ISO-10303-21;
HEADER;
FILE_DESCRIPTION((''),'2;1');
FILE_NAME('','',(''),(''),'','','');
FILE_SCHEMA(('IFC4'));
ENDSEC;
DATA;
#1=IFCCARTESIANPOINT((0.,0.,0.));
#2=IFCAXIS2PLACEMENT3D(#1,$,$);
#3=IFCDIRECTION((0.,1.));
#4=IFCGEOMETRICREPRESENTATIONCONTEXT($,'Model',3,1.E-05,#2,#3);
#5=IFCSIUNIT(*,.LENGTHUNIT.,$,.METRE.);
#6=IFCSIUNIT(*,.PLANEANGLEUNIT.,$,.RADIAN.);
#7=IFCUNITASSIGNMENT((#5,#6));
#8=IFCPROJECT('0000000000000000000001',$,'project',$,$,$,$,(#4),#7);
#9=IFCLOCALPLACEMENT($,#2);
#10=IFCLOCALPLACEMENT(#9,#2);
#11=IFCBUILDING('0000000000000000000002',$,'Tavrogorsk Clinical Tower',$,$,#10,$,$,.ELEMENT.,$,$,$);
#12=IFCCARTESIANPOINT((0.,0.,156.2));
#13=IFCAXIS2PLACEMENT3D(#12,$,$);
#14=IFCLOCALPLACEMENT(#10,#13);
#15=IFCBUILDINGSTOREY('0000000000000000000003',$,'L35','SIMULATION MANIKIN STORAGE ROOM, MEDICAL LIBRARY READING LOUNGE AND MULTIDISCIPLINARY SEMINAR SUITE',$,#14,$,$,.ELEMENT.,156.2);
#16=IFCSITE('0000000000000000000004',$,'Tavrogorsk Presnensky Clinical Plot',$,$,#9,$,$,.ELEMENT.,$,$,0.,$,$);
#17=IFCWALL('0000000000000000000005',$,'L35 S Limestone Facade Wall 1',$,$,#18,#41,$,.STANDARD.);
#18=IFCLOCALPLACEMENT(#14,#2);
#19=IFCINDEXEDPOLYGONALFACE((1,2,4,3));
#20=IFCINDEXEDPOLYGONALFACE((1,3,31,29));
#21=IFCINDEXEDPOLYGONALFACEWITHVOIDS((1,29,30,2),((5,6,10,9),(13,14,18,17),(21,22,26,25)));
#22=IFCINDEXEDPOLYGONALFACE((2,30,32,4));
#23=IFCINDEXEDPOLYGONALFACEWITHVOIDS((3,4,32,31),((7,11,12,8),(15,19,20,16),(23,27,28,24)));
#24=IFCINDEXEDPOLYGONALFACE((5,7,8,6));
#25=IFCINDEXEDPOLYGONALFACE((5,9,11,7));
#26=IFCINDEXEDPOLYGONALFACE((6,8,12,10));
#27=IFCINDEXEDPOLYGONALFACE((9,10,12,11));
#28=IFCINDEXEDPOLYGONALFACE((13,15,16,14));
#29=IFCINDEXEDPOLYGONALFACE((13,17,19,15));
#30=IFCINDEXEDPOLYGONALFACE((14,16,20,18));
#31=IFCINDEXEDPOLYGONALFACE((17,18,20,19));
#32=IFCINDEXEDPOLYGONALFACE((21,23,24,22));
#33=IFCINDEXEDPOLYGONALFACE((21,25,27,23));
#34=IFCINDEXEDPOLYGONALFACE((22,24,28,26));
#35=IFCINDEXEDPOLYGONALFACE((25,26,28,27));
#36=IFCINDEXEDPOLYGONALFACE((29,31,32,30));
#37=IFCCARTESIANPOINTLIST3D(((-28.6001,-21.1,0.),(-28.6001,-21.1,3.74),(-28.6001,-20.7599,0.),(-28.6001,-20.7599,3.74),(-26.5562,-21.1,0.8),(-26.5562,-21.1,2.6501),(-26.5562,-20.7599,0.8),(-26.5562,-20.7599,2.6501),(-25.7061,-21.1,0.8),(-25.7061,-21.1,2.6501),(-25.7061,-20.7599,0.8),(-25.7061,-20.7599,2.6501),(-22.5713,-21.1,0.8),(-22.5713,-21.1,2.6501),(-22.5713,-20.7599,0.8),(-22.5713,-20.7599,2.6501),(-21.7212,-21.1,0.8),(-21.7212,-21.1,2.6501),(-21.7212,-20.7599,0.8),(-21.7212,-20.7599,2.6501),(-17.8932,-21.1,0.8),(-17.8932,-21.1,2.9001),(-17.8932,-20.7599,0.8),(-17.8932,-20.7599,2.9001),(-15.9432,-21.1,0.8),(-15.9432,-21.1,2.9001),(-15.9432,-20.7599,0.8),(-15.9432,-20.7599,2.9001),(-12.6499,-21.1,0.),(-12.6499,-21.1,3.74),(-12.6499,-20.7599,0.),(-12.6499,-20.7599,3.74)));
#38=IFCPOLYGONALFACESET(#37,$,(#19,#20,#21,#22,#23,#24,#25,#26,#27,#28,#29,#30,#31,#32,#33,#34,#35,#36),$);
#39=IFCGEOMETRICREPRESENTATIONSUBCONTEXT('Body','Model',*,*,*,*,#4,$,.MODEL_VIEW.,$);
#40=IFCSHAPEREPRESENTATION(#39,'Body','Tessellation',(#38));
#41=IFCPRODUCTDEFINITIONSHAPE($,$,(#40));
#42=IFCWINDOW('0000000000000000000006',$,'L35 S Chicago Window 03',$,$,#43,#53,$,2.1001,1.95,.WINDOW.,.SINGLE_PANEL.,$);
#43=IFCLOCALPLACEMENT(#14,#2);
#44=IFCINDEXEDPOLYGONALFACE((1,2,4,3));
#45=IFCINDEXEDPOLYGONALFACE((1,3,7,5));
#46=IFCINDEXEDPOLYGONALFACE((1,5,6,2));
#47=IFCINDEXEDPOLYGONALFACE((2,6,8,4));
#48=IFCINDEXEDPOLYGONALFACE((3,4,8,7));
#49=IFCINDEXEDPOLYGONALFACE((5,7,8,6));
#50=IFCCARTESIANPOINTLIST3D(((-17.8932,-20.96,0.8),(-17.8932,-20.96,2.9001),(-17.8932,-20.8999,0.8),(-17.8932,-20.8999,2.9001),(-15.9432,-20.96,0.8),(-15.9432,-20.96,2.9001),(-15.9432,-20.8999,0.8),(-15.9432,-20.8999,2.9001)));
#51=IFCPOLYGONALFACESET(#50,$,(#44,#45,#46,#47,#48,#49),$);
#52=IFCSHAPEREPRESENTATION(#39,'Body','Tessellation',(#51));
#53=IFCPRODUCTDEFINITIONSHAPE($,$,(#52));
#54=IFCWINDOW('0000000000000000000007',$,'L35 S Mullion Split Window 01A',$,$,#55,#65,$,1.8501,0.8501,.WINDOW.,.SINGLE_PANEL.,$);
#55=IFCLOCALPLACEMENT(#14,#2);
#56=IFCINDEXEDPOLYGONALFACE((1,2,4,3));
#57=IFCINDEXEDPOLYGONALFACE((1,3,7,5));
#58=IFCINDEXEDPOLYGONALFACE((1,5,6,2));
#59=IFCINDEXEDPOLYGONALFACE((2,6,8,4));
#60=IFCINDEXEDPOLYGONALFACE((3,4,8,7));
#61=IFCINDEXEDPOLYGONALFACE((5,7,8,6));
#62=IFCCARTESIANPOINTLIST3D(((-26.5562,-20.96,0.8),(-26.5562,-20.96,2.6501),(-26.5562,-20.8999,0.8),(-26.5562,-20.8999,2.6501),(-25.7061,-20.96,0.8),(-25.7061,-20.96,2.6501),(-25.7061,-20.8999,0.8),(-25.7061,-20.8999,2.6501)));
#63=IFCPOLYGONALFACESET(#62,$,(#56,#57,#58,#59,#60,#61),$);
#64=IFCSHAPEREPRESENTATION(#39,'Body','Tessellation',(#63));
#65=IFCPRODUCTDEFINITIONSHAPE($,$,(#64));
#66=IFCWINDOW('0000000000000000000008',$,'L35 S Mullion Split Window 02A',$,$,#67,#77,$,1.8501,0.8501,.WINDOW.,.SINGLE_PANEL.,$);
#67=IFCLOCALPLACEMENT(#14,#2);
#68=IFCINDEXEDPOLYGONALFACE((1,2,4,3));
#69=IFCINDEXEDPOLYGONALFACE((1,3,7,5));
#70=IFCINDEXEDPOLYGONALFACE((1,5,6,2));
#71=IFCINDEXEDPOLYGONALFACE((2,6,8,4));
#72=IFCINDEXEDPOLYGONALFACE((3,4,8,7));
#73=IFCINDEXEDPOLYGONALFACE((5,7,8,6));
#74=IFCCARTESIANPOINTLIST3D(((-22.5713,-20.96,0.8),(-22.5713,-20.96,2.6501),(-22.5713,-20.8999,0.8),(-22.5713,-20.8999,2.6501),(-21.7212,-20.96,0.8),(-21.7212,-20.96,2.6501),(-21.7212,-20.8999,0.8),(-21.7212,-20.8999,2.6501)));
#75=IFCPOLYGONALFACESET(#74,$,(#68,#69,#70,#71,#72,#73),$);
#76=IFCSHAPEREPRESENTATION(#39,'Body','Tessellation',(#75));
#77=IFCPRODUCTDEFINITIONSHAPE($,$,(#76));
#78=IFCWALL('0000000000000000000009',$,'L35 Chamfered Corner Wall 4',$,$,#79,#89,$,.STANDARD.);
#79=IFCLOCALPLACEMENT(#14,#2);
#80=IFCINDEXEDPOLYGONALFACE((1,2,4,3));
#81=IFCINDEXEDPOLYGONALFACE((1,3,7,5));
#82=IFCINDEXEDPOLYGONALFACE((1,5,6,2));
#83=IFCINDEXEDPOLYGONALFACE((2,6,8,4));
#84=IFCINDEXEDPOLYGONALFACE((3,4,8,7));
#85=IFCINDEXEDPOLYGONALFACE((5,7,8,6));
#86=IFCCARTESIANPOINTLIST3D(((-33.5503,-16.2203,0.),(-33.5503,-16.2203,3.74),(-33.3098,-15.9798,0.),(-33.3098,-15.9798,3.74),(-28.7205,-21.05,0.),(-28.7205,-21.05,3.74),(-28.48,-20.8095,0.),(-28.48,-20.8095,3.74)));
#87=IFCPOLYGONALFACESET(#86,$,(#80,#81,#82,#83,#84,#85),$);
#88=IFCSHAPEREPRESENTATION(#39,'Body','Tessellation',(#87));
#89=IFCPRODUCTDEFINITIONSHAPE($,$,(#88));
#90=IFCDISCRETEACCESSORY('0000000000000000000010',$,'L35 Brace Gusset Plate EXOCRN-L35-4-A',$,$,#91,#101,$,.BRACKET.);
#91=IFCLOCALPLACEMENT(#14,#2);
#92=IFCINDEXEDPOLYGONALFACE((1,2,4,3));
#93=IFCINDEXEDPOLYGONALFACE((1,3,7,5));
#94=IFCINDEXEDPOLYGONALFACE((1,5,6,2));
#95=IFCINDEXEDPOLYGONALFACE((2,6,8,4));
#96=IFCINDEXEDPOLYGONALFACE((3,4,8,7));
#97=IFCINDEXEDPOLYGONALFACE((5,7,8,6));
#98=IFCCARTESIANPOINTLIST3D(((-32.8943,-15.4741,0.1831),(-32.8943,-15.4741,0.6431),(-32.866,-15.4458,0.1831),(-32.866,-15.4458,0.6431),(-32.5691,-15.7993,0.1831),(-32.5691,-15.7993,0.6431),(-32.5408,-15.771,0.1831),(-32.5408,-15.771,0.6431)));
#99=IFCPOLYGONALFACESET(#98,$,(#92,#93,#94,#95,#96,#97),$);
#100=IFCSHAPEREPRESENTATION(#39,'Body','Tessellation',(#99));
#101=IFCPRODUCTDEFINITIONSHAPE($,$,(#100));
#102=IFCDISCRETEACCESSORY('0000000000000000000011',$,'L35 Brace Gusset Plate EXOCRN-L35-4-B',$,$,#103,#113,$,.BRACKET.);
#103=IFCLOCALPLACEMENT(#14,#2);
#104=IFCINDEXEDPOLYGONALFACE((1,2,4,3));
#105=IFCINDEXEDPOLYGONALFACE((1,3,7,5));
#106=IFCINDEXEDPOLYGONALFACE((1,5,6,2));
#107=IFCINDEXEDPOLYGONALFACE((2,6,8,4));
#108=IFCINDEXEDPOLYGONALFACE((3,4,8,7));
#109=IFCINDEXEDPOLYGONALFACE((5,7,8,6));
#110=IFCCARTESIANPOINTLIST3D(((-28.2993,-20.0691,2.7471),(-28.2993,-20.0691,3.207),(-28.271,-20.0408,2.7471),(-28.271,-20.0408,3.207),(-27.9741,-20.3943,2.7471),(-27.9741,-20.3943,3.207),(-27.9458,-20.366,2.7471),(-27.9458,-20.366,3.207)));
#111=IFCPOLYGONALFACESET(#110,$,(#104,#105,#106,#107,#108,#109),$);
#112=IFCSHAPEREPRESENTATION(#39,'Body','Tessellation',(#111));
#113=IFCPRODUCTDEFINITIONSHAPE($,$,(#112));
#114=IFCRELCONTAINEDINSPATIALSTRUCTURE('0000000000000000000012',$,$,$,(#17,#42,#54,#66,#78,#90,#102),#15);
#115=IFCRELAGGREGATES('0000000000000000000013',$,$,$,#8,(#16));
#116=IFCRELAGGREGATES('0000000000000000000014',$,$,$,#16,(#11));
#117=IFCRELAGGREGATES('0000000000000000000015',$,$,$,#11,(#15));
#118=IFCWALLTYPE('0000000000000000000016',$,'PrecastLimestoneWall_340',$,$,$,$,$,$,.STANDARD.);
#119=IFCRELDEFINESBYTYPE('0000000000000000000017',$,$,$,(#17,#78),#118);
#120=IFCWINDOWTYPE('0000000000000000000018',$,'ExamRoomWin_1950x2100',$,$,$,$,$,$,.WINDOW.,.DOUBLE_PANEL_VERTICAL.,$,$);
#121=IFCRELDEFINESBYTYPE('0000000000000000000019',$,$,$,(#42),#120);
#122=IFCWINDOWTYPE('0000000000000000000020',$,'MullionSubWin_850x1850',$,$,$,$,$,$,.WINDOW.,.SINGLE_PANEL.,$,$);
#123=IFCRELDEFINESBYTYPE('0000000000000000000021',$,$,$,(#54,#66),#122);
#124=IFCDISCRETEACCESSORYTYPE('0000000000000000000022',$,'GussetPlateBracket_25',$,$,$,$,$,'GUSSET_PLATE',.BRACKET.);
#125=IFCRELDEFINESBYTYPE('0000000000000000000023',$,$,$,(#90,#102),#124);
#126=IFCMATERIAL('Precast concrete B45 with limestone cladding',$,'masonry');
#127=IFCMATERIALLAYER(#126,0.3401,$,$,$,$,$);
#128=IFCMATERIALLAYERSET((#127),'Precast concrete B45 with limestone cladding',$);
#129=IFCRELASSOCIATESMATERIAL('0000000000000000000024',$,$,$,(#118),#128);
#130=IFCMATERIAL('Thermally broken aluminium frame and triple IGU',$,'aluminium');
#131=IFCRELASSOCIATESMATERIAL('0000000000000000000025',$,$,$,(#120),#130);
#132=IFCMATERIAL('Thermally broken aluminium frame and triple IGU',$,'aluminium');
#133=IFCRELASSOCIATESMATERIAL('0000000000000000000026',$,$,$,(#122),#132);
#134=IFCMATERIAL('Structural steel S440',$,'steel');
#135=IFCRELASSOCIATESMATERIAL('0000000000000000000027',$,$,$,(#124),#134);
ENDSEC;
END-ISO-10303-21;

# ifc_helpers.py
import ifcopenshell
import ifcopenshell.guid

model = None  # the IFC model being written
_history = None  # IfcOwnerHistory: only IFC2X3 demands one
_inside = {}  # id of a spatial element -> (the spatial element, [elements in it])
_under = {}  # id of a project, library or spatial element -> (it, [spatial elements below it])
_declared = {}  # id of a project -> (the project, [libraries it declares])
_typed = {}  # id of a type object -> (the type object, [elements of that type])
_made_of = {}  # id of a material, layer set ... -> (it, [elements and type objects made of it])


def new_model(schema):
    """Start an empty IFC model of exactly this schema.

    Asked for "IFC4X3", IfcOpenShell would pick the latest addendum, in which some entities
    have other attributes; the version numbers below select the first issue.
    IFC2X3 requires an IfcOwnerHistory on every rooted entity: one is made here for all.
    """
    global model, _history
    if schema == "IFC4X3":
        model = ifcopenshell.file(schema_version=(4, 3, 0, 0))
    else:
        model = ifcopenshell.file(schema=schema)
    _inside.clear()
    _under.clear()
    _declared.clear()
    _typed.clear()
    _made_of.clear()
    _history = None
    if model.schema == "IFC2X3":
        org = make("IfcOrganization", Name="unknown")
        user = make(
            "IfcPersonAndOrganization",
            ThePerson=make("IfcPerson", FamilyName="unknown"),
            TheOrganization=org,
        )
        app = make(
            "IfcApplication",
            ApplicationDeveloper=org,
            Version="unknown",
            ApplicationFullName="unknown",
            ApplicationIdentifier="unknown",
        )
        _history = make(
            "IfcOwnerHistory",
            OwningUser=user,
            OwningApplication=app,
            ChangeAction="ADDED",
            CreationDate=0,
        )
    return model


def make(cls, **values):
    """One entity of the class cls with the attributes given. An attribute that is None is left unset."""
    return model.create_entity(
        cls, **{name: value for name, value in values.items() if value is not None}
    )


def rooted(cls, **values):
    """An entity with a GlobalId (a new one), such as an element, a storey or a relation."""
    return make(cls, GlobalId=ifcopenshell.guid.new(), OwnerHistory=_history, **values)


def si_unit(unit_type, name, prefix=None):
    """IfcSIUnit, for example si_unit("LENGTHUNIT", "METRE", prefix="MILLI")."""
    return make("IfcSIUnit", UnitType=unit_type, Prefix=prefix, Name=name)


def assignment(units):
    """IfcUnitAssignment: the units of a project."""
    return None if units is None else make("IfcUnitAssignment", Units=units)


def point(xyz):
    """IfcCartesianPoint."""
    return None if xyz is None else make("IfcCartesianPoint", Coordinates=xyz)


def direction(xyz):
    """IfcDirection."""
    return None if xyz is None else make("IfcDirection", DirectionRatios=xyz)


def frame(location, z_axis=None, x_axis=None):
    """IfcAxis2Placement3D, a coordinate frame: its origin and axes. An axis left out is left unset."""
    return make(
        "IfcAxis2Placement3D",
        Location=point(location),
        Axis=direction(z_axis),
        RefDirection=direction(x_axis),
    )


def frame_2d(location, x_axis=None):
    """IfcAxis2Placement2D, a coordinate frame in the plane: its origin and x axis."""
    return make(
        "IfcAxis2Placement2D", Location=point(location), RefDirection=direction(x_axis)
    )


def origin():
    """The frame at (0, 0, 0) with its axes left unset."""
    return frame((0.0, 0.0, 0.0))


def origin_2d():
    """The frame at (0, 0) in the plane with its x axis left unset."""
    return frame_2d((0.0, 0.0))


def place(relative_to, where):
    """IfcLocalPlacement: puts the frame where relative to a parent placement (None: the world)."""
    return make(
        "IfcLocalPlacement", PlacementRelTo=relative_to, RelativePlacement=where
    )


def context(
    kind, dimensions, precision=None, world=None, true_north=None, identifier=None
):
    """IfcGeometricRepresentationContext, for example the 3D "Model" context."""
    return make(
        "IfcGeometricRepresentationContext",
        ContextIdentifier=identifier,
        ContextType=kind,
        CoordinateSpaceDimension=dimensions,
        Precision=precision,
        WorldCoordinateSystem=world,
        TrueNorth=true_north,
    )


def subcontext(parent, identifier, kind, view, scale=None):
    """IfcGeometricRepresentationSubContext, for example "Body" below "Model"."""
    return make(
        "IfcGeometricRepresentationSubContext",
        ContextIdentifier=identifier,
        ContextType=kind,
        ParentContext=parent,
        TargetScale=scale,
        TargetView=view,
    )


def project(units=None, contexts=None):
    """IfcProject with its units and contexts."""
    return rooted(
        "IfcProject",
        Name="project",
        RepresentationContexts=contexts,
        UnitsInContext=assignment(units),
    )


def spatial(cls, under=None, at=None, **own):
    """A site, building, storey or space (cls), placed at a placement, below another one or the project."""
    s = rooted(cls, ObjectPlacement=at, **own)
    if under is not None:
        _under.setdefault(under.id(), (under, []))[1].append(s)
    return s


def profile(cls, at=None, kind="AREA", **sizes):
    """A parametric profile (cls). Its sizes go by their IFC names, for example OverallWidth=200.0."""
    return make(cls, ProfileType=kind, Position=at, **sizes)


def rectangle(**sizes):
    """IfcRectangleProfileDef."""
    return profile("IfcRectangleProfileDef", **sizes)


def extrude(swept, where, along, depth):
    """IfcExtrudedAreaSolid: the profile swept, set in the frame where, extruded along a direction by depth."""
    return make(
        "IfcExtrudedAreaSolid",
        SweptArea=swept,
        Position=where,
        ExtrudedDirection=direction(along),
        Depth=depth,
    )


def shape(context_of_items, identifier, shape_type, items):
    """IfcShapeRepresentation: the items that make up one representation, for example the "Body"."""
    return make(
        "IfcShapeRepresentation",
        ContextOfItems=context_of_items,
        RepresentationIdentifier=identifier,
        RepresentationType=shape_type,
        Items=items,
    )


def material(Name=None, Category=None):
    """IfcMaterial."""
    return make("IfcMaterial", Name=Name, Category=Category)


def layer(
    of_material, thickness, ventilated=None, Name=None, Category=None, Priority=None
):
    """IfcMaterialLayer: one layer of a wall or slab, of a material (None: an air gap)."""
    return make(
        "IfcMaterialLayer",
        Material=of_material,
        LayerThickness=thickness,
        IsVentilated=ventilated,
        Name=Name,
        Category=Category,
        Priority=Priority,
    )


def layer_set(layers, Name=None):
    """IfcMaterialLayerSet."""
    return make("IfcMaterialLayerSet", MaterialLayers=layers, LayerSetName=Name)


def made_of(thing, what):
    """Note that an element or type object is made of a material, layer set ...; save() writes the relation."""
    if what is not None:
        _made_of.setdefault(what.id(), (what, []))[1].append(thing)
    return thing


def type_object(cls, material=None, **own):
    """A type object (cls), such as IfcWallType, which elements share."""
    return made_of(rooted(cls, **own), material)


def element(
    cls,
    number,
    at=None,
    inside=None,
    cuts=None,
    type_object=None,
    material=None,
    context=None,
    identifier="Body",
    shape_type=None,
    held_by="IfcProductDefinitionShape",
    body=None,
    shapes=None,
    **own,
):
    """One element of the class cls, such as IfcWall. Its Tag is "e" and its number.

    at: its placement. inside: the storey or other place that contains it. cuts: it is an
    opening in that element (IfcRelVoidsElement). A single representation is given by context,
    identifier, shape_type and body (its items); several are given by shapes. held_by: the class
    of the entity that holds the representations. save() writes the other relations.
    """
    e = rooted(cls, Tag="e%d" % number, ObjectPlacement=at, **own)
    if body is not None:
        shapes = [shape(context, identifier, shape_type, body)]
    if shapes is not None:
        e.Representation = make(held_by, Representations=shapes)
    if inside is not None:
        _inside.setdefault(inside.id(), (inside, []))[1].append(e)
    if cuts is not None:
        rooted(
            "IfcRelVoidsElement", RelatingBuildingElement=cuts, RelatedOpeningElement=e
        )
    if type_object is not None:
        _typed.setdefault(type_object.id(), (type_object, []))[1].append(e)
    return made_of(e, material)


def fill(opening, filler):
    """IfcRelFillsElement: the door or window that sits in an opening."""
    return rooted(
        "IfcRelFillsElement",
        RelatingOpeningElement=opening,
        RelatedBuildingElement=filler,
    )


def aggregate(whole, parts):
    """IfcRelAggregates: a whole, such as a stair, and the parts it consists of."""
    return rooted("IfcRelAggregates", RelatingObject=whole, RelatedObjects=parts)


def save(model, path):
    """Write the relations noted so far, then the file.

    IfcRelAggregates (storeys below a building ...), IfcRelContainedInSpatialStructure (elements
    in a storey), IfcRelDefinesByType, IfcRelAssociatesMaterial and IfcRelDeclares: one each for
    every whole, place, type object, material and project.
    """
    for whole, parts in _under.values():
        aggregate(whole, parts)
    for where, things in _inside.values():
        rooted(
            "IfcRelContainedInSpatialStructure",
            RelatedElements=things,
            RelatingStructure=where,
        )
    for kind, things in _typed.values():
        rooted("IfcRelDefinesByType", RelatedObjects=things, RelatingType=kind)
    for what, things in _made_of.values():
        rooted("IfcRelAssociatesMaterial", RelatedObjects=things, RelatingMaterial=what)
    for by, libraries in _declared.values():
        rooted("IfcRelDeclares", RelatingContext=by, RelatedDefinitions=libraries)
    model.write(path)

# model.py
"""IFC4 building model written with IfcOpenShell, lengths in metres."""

from ifc_helpers import new_model, si_unit, direction, frame, frame_2d, origin, origin_2d, place, context, subcontext, project, spatial, rectangle, extrude, material, layer, layer_set, type_object, element, fill, save


model = new_model("IFC4")

# Units and contexts
model_context = context("Model", 3, precision=1e-05, world=origin(), true_north=direction((0.0, 1.0)))
body_context = subcontext(model_context, "Body", "Model", "MODEL_VIEW")
ifc_project = project(units=[si_unit("LENGTHUNIT", "METRE"), si_unit("PLANEANGLEUNIT", "RADIAN")], contexts=[model_context])

# Site, building, storey
site_placement = place(None, origin())
site = spatial("IfcSite", under=ifc_project, at=site_placement, Name="Tavrogorsk Presnensky Clinical Plot", CompositionType="ELEMENT", RefElevation=0.0)
building_placement = place(site_placement, origin())
building = spatial("IfcBuilding", under=site, at=building_placement, Name="Tavrogorsk Clinical Tower", CompositionType="ELEMENT")
storey_placement = place(building_placement, frame((0.0, 0.0, 156.2)))
storey = spatial("IfcBuildingStorey", under=building, at=storey_placement, Name="L35", Description="SIMULATION MANIKIN STORAGE ROOM, MEDICAL LIBRARY READING LOUNGE AND MULTIDISCIPLINARY SEMINAR SUITE", CompositionType="ELEMENT", Elevation=156.2)

# Wall, openings, windows
ifc_material_1 = material(Name="Precast concrete B45 with limestone cladding", Category="masonry")
ifc_layer_1 = layer(ifc_material_1, 0.3401)
ifc_layer_set_1 = layer_set([ifc_layer_1], Name="Precast concrete B45 with limestone cladding")
wall_type_1 = type_object("IfcWallType", Name="PrecastLimestoneWall_340", PredefinedType="STANDARD", material=ifc_layer_set_1)
wall_1_placement = place(storey_placement, frame((-28.6001, -20.9299, 0.0), z_axis=(0.0, 0.0, 1.0), x_axis=(1.0, 0.0, 0.0)))
wall_1 = element("IfcWall", 1, at=wall_1_placement, inside=storey, type_object=wall_type_1, Name="L35 S Limestone Facade Wall 1", PredefinedType="STANDARD", context=body_context, shape_type="SweptSolid", body=[
    extrude(rectangle(XDim=15.9502, YDim=0.3401, at=frame_2d((7.9751, 0.0))), origin(), (0.0, 0.0, 1.0), 3.74),
])
opening_1_placement = place(wall_1_placement, frame((2.0439, 0.0, 0.8)))
opening_1 = element("IfcOpeningElement", 2, at=opening_1_placement, cuts=wall_1, PredefinedType="OPENING", context=body_context, shape_type="SweptSolid", body=[
    extrude(rectangle(XDim=0.8501, YDim=1.8501, at=frame_2d((0.425, 0.925))), frame((0.0, 0.1799, 0.0), z_axis=(0.0, -1.0, 0.0), x_axis=(1.0, 0.0, 0.0)), (0.0, 0.0, 1.0), 0.3601),
])
opening_2_placement = place(wall_1_placement, frame((6.0288, 0.0, 0.8)))
opening_2 = element("IfcOpeningElement", 3, at=opening_2_placement, cuts=wall_1, PredefinedType="OPENING", context=body_context, shape_type="SweptSolid", body=[
    extrude(rectangle(XDim=0.8501, YDim=1.8501, at=frame_2d((0.425, 0.925))), frame((0.0, 0.1799, 0.0), z_axis=(0.0, -1.0, 0.0), x_axis=(1.0, 0.0, 0.0)), (0.0, 0.0, 1.0), 0.3601),
])
opening_3_placement = place(wall_1_placement, frame((10.7068, 0.0, 0.8)))
opening_3 = element("IfcOpeningElement", 4, at=opening_3_placement, cuts=wall_1, PredefinedType="OPENING", context=body_context, shape_type="SweptSolid", body=[
    extrude(rectangle(XDim=1.95, YDim=2.1001, at=frame_2d((0.9751, 1.05))), frame((0.0, 0.1799, 0.0), z_axis=(0.0, -1.0, 0.0), x_axis=(1.0, 0.0, 0.0)), (0.0, 0.0, 1.0), 0.3601),
])
ifc_material_2 = material(Name="Thermally broken aluminium frame and triple IGU", Category="aluminium")
window_type_1 = type_object("IfcWindowType", Name="ExamRoomWin_1950x2100", PartitioningType="DOUBLE_PANEL_VERTICAL", PredefinedType="WINDOW", material=ifc_material_2)
window_1_placement = place(opening_3_placement, origin())
window_1 = element("IfcWindow", 5, at=window_1_placement, inside=storey, type_object=window_type_1, Name="L35 S Chicago Window 03", OverallHeight=2.1001, OverallWidth=1.95, PartitioningType="SINGLE_PANEL", PredefinedType="WINDOW", context=body_context, shape_type="SweptSolid", body=[
    extrude(rectangle(XDim=1.95, YDim=2.1001, at=frame_2d((0.9751, 1.05))), frame((0.0, 0.03, 0.0), z_axis=(0.0, -1.0, 0.0), x_axis=(1.0, 0.0, 0.0)), (0.0, 0.0, 1.0), 0.0601),
])
fill(opening_3, window_1)
ifc_material_3 = material(Name="Thermally broken aluminium frame and triple IGU", Category="aluminium")
window_type_2 = type_object("IfcWindowType", Name="MullionSubWin_850x1850", PartitioningType="SINGLE_PANEL", PredefinedType="WINDOW", material=ifc_material_3)
window_2_placement = place(opening_1_placement, origin())
window_2 = element("IfcWindow", 6, at=window_2_placement, inside=storey, type_object=window_type_2, Name="L35 S Mullion Split Window 01A", OverallHeight=1.8501, OverallWidth=0.8501, PartitioningType="SINGLE_PANEL", PredefinedType="WINDOW", context=body_context, shape_type="SweptSolid", body=[
    extrude(rectangle(XDim=0.8501, YDim=1.8501, at=frame_2d((0.425, 0.925))), frame((0.0, 0.03, 0.0), z_axis=(0.0, -1.0, 0.0), x_axis=(1.0, 0.0, 0.0)), (0.0, 0.0, 1.0), 0.0601),
])
fill(opening_1, window_2)
window_3_placement = place(opening_2_placement, origin())
window_3 = element("IfcWindow", 7, at=window_3_placement, inside=storey, type_object=window_type_2, Name="L35 S Mullion Split Window 02A", OverallHeight=1.8501, OverallWidth=0.8501, PartitioningType="SINGLE_PANEL", PredefinedType="WINDOW", context=body_context, shape_type="SweptSolid", body=[
    extrude(rectangle(XDim=0.8501, YDim=1.8501, at=frame_2d((0.425, 0.925))), frame((0.0, 0.03, 0.0), z_axis=(0.0, -1.0, 0.0), x_axis=(1.0, 0.0, 0.0)), (0.0, 0.0, 1.0), 0.0601),
])
fill(opening_2, window_3)

# Wall
wall_2_placement = place(storey_placement, frame((-33.4299, -16.1001, 0.0), z_axis=(0.0, 0.0, 1.0), x_axis=(0.707107, -0.707107, 0.0)))
element("IfcWall", 8, at=wall_2_placement, inside=storey, type_object=wall_type_1, Name="L35 Chamfered Corner Wall 4", PredefinedType="STANDARD", context=body_context, shape_type="SweptSolid", body=[
    extrude(rectangle(XDim=6.8303, YDim=0.3401, at=frame_2d((3.415, 0.0))), origin(), (0.0, 0.0, 1.0), 3.74),
])

# Discrete accessories
ifc_material_4 = material(Name="Structural steel S440", Category="steel")
discrete_accessory_type = type_object("IfcDiscreteAccessoryType", Name="GussetPlateBracket_25", ElementType="GUSSET_PLATE", PredefinedType="BRACKET", material=ifc_material_4)
for number, where, z_axis, x_axis, name in (
    (9, (-32.7175, -15.6226, 0.1831), (0.0, 0.0, 1.0), (0.707107, -0.707107, 0.0), "L35 Brace Gusset Plate EXOCRN-L35-4-A"),
    (10, (-28.1226, -20.2175, 2.7471), (0.0, 0.0, 1.0), (0.707107, -0.707107, 0.0), "L35 Brace Gusset Plate EXOCRN-L35-4-B"),
):
    element("IfcDiscreteAccessory", number, at=place(storey_placement, frame(where, z_axis=z_axis, x_axis=x_axis)), inside=storey, type_object=discrete_accessory_type, Name=name, PredefinedType="BRACKET", context=body_context, shape_type="SweptSolid", body=[
        extrude(rectangle(XDim=0.46, YDim=0.04, at=origin_2d()), origin(), (0.0, 0.0, 1.0), 0.46),
    ])

save(model, "model.ifc")
